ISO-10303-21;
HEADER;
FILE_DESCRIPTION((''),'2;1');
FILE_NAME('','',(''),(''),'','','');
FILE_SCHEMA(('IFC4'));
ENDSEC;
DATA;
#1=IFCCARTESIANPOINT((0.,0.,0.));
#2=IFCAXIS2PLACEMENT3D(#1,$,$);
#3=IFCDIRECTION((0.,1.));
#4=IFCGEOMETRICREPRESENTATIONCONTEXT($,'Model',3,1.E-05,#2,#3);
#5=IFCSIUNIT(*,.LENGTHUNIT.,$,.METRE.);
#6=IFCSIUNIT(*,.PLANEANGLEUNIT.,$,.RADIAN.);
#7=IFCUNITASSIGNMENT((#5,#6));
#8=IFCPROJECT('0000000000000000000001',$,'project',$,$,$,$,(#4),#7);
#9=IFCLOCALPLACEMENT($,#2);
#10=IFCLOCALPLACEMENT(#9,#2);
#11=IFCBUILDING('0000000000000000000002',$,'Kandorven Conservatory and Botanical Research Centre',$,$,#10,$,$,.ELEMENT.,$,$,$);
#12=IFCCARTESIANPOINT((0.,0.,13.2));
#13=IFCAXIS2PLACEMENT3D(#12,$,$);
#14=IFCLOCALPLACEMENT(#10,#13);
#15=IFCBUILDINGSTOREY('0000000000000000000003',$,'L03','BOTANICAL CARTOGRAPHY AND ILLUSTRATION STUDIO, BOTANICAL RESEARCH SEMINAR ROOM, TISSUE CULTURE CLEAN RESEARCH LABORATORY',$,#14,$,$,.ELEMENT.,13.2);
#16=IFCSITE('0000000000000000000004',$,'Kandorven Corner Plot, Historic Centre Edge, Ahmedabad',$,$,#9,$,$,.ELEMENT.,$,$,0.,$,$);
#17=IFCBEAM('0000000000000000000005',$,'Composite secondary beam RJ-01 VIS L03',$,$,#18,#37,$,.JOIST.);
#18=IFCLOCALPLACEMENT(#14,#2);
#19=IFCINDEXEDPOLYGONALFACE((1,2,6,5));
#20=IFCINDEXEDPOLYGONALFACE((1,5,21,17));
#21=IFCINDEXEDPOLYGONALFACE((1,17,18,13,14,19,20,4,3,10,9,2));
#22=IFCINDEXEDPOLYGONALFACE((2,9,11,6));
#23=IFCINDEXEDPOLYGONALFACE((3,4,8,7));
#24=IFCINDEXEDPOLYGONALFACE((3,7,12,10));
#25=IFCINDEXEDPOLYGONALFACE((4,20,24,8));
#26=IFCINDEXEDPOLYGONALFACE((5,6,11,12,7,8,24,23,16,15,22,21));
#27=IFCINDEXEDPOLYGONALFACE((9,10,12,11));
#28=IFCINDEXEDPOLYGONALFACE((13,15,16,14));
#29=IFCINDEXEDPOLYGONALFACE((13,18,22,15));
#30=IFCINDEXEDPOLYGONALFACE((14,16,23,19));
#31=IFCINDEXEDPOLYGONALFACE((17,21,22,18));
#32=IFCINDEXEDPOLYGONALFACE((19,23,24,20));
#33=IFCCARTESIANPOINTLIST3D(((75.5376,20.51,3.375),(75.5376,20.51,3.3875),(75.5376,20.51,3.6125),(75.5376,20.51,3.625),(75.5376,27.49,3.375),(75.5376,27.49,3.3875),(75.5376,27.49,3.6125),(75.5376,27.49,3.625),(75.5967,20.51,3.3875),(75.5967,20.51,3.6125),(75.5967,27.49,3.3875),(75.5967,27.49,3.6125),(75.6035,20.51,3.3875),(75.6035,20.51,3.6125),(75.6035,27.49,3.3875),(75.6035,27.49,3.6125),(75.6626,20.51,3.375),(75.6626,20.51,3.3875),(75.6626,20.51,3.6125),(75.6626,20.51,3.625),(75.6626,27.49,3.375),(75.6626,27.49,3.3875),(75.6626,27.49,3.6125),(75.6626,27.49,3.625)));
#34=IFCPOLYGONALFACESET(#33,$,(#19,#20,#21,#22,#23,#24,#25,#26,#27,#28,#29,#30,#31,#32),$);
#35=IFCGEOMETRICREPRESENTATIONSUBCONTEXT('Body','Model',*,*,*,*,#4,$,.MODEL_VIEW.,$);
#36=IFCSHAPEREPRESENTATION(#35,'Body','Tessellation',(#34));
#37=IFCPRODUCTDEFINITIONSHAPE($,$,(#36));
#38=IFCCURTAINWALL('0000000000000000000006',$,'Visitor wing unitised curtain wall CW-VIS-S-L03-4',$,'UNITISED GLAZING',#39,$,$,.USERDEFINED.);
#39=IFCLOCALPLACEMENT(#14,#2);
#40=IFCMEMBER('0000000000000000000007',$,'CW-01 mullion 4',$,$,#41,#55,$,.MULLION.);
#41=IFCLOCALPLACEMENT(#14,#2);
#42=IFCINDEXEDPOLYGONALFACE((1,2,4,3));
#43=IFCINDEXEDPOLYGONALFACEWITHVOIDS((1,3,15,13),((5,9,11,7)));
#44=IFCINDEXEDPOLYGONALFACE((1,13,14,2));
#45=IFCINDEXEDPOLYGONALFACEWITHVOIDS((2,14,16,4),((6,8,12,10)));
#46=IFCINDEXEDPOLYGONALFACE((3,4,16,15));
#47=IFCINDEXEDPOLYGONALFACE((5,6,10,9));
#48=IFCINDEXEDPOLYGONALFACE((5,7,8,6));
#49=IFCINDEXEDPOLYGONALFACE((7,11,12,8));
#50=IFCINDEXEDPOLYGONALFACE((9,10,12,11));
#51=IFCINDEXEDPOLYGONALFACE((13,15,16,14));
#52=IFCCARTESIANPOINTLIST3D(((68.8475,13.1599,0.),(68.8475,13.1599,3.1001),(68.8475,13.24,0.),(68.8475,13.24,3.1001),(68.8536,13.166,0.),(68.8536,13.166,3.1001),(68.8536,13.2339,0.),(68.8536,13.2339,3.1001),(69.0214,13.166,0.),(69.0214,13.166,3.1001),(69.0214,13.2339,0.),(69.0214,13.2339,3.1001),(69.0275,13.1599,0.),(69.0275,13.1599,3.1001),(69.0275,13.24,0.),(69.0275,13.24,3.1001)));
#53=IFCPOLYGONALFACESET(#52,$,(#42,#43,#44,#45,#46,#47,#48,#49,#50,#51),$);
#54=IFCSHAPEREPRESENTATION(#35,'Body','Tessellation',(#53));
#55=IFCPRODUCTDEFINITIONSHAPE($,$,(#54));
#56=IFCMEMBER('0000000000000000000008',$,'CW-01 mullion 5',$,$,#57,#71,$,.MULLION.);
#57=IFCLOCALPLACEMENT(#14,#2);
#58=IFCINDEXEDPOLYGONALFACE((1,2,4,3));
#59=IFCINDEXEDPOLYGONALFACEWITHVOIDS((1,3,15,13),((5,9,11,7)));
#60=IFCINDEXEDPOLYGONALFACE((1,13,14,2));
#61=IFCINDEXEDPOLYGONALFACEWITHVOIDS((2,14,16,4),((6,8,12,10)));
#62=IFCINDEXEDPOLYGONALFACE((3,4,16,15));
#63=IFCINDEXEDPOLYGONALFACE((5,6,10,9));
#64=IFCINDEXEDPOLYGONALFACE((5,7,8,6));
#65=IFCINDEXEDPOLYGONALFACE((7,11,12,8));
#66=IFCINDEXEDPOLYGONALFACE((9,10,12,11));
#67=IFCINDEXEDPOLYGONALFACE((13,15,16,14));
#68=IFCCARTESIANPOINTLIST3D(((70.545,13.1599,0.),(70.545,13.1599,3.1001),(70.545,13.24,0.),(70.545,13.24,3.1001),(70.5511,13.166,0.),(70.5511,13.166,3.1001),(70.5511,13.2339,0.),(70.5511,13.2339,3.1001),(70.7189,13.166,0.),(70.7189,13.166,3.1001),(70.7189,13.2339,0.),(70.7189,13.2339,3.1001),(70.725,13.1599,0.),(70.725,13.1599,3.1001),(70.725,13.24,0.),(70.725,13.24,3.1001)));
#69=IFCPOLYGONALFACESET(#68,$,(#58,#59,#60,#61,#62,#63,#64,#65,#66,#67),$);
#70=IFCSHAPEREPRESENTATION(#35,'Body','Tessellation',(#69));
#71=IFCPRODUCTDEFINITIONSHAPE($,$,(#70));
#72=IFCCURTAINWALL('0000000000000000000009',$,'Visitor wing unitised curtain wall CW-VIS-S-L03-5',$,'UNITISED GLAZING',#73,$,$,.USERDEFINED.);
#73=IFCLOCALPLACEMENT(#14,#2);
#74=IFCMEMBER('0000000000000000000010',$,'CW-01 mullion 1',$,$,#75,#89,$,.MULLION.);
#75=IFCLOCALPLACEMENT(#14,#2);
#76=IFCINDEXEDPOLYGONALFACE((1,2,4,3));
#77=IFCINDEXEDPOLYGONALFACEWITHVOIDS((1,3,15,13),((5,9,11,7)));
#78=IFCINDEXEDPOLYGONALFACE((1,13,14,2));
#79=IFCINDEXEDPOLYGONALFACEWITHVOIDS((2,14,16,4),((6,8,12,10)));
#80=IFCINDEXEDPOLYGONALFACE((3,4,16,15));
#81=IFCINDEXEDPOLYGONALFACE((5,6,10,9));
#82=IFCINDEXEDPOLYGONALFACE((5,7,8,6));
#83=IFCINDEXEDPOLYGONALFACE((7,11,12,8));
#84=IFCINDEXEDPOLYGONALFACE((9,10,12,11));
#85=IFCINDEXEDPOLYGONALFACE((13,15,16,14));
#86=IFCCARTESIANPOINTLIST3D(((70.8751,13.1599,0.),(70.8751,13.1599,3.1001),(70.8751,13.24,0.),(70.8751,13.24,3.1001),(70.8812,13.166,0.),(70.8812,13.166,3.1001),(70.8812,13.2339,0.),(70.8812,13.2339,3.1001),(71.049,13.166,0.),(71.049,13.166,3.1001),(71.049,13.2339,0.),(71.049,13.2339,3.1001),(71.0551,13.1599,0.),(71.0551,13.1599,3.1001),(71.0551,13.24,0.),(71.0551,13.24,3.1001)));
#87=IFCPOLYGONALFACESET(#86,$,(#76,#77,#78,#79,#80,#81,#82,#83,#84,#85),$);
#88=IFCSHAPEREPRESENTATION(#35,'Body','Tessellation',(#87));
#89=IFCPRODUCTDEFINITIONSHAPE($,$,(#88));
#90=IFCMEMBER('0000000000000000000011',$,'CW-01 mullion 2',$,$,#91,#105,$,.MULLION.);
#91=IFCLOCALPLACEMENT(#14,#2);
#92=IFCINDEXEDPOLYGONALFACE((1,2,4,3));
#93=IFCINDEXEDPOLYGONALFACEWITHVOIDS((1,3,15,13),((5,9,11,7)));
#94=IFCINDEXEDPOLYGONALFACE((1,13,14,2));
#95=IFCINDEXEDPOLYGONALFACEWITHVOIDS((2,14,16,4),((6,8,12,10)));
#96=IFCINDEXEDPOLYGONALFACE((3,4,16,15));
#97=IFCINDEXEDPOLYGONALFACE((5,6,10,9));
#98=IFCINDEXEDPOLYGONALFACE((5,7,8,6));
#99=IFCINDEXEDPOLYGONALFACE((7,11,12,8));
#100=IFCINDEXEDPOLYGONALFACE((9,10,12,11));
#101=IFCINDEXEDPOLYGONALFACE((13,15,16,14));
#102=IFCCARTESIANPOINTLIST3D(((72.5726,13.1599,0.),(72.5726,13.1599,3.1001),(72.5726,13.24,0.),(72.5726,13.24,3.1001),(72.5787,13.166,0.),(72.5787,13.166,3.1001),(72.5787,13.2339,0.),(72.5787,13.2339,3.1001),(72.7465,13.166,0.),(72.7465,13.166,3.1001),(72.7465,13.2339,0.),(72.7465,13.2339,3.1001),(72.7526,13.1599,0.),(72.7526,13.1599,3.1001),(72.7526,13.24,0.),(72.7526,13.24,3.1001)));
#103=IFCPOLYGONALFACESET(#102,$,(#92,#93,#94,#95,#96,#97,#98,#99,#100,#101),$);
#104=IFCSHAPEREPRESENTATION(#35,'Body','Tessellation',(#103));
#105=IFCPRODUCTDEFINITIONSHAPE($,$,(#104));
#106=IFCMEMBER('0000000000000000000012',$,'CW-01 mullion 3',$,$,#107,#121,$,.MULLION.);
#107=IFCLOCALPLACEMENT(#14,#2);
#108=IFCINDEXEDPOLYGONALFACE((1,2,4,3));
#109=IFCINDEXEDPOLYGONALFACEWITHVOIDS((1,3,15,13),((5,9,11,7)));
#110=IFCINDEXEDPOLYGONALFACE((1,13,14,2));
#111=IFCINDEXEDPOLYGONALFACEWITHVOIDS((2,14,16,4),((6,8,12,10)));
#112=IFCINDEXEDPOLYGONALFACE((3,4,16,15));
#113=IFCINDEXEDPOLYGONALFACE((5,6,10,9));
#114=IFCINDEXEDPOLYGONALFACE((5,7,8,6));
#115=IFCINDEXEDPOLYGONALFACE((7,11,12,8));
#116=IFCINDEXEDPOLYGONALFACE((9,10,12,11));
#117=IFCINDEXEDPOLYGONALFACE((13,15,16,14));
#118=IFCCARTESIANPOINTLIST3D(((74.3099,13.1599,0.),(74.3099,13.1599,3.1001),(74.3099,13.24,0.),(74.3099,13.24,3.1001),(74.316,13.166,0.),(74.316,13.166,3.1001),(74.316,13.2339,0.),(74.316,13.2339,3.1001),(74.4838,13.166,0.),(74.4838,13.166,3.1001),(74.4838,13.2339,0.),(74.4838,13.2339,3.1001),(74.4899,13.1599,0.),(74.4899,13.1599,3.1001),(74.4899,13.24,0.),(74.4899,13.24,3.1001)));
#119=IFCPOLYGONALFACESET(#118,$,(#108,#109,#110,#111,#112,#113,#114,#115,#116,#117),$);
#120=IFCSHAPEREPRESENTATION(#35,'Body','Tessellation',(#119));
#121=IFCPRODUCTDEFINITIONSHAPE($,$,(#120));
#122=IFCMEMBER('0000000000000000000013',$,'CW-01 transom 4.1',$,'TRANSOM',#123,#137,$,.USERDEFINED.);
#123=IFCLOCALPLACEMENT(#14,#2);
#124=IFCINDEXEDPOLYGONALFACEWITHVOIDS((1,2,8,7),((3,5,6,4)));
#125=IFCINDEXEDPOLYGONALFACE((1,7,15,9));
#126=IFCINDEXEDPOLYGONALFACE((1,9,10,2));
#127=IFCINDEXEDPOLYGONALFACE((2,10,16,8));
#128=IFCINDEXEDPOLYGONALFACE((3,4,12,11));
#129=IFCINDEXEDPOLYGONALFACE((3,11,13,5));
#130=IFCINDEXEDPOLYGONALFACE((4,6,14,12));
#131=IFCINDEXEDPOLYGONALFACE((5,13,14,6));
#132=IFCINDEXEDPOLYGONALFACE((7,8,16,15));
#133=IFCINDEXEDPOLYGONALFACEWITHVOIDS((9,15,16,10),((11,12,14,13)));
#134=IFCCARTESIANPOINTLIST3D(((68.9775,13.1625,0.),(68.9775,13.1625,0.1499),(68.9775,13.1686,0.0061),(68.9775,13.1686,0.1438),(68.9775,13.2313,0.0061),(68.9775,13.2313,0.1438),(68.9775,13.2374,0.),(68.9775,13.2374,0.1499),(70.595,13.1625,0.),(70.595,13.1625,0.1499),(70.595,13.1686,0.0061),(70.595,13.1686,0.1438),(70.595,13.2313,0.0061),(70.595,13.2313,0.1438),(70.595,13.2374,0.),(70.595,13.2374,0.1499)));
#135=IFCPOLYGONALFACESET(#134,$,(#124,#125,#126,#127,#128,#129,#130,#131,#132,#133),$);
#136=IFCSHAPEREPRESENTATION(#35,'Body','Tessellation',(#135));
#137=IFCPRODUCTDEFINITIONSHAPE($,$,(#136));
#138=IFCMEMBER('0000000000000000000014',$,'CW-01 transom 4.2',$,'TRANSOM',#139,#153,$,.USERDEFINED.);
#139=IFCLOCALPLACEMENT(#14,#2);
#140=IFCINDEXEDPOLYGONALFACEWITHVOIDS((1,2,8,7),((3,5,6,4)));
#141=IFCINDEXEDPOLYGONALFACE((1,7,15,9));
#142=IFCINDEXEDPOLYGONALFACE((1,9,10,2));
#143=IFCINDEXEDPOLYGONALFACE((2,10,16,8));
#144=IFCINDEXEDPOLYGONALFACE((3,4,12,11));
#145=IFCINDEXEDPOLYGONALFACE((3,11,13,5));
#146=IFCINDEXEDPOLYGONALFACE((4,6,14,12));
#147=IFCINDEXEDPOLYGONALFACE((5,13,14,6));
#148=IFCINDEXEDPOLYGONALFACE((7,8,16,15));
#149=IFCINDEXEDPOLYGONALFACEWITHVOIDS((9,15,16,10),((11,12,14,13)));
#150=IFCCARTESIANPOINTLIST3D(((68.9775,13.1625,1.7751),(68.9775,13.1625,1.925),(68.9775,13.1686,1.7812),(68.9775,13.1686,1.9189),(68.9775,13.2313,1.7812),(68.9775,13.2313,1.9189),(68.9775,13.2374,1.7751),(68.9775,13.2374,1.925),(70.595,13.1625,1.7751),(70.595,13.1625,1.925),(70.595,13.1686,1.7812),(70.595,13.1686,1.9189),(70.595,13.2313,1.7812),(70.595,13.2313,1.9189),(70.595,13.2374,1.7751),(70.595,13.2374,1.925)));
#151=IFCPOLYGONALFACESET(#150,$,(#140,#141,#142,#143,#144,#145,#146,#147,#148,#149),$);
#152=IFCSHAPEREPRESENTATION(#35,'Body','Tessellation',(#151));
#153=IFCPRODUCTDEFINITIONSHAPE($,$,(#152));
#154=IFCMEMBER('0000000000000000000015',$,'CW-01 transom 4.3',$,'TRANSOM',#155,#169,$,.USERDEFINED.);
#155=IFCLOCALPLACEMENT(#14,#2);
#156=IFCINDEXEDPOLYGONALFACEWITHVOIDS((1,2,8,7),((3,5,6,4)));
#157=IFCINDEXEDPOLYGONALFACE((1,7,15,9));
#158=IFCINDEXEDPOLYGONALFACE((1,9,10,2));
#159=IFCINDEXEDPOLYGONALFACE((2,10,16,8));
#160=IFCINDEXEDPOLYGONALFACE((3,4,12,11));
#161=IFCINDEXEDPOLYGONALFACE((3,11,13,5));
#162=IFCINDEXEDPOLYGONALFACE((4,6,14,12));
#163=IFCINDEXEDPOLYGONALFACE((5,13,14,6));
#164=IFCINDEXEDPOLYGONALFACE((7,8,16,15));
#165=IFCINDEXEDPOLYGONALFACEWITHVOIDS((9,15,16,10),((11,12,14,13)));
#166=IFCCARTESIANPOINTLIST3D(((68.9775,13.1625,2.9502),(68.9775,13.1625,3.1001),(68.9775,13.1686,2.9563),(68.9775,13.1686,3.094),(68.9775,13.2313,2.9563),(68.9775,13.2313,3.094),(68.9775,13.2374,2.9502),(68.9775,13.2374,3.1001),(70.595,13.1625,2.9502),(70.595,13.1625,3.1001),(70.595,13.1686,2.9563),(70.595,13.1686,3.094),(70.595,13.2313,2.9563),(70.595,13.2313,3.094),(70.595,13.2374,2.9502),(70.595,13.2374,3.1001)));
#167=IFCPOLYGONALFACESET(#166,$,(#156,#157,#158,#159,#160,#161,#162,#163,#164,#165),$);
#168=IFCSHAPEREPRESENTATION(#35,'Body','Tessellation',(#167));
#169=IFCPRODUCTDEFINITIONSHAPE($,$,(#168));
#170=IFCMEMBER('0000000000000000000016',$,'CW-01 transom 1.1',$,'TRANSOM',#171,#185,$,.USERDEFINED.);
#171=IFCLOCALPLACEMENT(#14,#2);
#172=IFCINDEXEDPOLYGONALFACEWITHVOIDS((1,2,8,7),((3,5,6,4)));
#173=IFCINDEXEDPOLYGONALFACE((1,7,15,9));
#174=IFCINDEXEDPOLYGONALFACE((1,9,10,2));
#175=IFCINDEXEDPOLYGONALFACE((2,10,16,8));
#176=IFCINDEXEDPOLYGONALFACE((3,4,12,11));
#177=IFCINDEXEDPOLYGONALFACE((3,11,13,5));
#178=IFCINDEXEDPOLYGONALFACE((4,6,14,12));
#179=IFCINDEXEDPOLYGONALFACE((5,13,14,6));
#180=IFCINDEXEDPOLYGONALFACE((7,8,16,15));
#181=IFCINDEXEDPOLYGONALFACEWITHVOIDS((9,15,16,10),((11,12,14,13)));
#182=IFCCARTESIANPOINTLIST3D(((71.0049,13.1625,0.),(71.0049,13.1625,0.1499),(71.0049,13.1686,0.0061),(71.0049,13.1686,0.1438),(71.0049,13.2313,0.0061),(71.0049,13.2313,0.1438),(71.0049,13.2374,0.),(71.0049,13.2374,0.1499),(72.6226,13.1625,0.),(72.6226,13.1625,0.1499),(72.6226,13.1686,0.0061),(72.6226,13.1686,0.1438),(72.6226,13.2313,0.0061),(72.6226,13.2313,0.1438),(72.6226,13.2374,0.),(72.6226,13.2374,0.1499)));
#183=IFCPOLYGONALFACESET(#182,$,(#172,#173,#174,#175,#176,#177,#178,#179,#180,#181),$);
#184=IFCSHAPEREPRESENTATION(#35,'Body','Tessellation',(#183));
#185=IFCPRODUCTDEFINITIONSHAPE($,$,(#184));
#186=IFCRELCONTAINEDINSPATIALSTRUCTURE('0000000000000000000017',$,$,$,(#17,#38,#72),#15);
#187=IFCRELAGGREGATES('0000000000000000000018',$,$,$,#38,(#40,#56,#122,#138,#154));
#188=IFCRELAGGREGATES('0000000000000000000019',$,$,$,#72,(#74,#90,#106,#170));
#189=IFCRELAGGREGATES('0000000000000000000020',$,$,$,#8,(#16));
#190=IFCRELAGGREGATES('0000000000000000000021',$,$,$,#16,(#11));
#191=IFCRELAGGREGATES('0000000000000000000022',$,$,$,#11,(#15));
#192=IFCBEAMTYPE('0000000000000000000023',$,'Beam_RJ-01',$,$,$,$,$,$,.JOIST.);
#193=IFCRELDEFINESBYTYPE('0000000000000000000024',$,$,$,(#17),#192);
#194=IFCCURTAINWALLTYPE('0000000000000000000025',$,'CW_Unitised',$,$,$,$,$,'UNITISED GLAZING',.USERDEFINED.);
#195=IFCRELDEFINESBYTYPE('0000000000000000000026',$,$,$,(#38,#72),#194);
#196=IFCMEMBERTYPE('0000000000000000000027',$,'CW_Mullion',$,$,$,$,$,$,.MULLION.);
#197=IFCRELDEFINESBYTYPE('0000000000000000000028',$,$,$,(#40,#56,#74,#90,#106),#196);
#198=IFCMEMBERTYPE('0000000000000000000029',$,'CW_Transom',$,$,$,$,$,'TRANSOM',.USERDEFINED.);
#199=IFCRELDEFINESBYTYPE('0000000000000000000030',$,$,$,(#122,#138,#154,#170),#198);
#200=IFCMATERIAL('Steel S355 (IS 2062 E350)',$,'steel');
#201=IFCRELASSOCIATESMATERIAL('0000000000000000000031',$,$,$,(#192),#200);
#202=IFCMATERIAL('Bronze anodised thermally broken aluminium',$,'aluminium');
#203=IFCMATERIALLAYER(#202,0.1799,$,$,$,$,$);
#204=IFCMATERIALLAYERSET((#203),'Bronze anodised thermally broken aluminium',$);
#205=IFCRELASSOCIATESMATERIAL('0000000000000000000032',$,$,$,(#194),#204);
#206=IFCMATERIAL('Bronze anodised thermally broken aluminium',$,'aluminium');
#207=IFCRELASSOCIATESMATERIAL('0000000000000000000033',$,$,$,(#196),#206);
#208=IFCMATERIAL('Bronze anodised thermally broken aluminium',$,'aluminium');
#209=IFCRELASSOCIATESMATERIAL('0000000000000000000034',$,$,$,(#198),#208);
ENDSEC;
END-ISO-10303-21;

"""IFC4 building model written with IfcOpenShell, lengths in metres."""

from ifc_helpers import new_model, si_unit, direction, frame, origin, origin_2d, place, context, subcontext, project, spatial, hollow_rectangle, i_section, extrude, material, layer, layer_set, material_profile, profile_set, type_object, element, aggregate, save


model = new_model("IFC4")

# Units and contexts
model_context = context("Model", 3, precision=1e-05, world=origin(), true_north=direction((0.0, 1.0)))
body_context = subcontext(model_context, "Body", "Model", "MODEL_VIEW")
ifc_project = project(units=[si_unit("LENGTHUNIT", "METRE"), si_unit("PLANEANGLEUNIT", "RADIAN")], contexts=[model_context])

# Site, building, storey
site_placement = place(None, origin())
site = spatial("IfcSite", under=ifc_project, at=site_placement, Name="Kandorven Corner Plot, Historic Centre Edge, Ahmedabad", CompositionType="ELEMENT", RefElevation=0.0)
building_placement = place(site_placement, origin())
building = spatial("IfcBuilding", under=site, at=building_placement, Name="Kandorven Conservatory and Botanical Research Centre", CompositionType="ELEMENT")
storey_placement = place(building_placement, frame((0.0, 0.0, 13.2)))
storey = spatial("IfcBuildingStorey", under=building, at=storey_placement, Name="L03", Description="BOTANICAL CARTOGRAPHY AND ILLUSTRATION STUDIO, BOTANICAL RESEARCH SEMINAR ROOM, TISSUE CULTURE CLEAN RESEARCH LABORATORY", CompositionType="ELEMENT", Elevation=13.2)

# Beam
ifc_material_1 = material(Name="Steel S355 (IS 2062 E350)", Category="steel")
ifc_material_profile_1 = material_profile(ifc_material_1, i_section(OverallWidth=0.125, OverallDepth=0.25, WebThickness=0.0068, FlangeThickness=0.0125, at=origin_2d()))
ifc_profile_set_1 = profile_set([ifc_material_profile_1], Name="Steel S355 (IS 2062 E350)")
beam_type_1 = type_object("IfcBeamType", Name="Beam_RJ-01", PredefinedType="JOIST", material=ifc_profile_set_1)
for number, where, z_axis, x_axis, name in (
    (1, (75.6001, 20.51, 3.5), (0.0, 1.0, 0.0), (-1.0, 0.0, 0.0), "Composite secondary beam RJ-01 VIS L03"),
):
    element("IfcBeam", number, at=place(storey_placement, frame(where, z_axis=z_axis, x_axis=x_axis)), inside=storey, type_object=beam_type_1, Name=name, PredefinedType="JOIST", context=body_context, shape_type="SweptSolid", body=[
        extrude(i_section(OverallWidth=0.125, OverallDepth=0.25, WebThickness=0.0068, FlangeThickness=0.0125, at=origin_2d()), origin(), (0.0, 0.0, 1.0), 6.98),
    ])

# Curtain walls, members
ifc_material_2 = material(Name="Bronze anodised thermally broken aluminium", Category="aluminium")
ifc_layer_1 = layer(ifc_material_2, 0.1799)
ifc_layer_set_1 = layer_set([ifc_layer_1], Name="Bronze anodised thermally broken aluminium")
curtain_wall_type = type_object("IfcCurtainWallType", Name="CW_Unitised", ElementType="UNITISED GLAZING", PredefinedType="USERDEFINED", material=ifc_layer_set_1)
curtain_wall_1_placement = place(storey_placement, origin())
curtain_wall_1 = element("IfcCurtainWall", 2, at=curtain_wall_1_placement, inside=storey, type_object=curtain_wall_type, Name="Visitor wing unitised curtain wall CW-VIS-S-L03-4", ObjectType="UNITISED GLAZING", PredefinedType="USERDEFINED")
ifc_material_3 = material(Name="Bronze anodised thermally broken aluminium", Category="aluminium")
ifc_material_profile_2 = material_profile(ifc_material_3, hollow_rectangle(XDim=0.0801, YDim=0.1799, WallThickness=0.0061, at=origin_2d()))
ifc_profile_set_2 = profile_set([ifc_material_profile_2], Name="Bronze anodised thermally broken aluminium")
member_type_1 = type_object("IfcMemberType", Name="CW_Mullion", PredefinedType="MULLION", material=ifc_profile_set_2)
member_1_placement = place(storey_placement, frame((68.9375, 13.2, 0.0), z_axis=(0.0, 0.0, 1.0), x_axis=(0.0, 1.0, 0.0)))
member_1 = element("IfcMember", 3, at=member_1_placement, type_object=member_type_1, Name="CW-01 mullion 4", PredefinedType="MULLION", context=body_context, shape_type="SweptSolid", body=[
    extrude(hollow_rectangle(XDim=0.0801, YDim=0.1799, WallThickness=0.0061, at=origin_2d()), origin(), (0.0, 0.0, 1.0), 3.1001),
])
member_2_placement = place(storey_placement, frame((70.635, 13.2, 0.0), z_axis=(0.0, 0.0, 1.0), x_axis=(0.0, 1.0, 0.0)))
member_2 = element("IfcMember", 4, at=member_2_placement, type_object=member_type_1, Name="CW-01 mullion 5", PredefinedType="MULLION", context=body_context, shape_type="SweptSolid", body=[
    extrude(hollow_rectangle(XDim=0.0801, YDim=0.1799, WallThickness=0.0061, at=origin_2d()), origin(), (0.0, 0.0, 1.0), 3.1001),
])
curtain_wall_2_placement = place(storey_placement, origin())
curtain_wall_2 = element("IfcCurtainWall", 5, at=curtain_wall_2_placement, inside=storey, type_object=curtain_wall_type, Name="Visitor wing unitised curtain wall CW-VIS-S-L03-5", ObjectType="UNITISED GLAZING", PredefinedType="USERDEFINED")
member_3_placement = place(storey_placement, frame((70.9651, 13.2, 0.0), z_axis=(0.0, 0.0, 1.0), x_axis=(0.0, 1.0, 0.0)))
member_3 = element("IfcMember", 6, at=member_3_placement, type_object=member_type_1, Name="CW-01 mullion 1", PredefinedType="MULLION", context=body_context, shape_type="SweptSolid", body=[
    extrude(hollow_rectangle(XDim=0.0801, YDim=0.1799, WallThickness=0.0061, at=origin_2d()), origin(), (0.0, 0.0, 1.0), 3.1001),
])
member_4_placement = place(storey_placement, frame((72.6626, 13.2, 0.0), z_axis=(0.0, 0.0, 1.0), x_axis=(0.0, 1.0, 0.0)))
member_4 = element("IfcMember", 7, at=member_4_placement, type_object=member_type_1, Name="CW-01 mullion 2", PredefinedType="MULLION", context=body_context, shape_type="SweptSolid", body=[
    extrude(hollow_rectangle(XDim=0.0801, YDim=0.1799, WallThickness=0.0061, at=origin_2d()), origin(), (0.0, 0.0, 1.0), 3.1001),
])
member_5_placement = place(storey_placement, frame((74.3999, 13.2, 0.0), z_axis=(0.0, 0.0, 1.0), x_axis=(0.0, 1.0, 0.0)))
member_5 = element("IfcMember", 8, at=member_5_placement, type_object=member_type_1, Name="CW-01 mullion 3", PredefinedType="MULLION", context=body_context, shape_type="SweptSolid", body=[
    extrude(hollow_rectangle(XDim=0.0801, YDim=0.1799, WallThickness=0.0061, at=origin_2d()), origin(), (0.0, 0.0, 1.0), 3.1001),
])

# Members
ifc_material_4 = material(Name="Bronze anodised thermally broken aluminium", Category="aluminium")
ifc_material_profile_3 = material_profile(ifc_material_4, hollow_rectangle(XDim=0.075, YDim=0.1499, WallThickness=0.0061, at=origin_2d()))
ifc_profile_set_3 = profile_set([ifc_material_profile_3], Name="Bronze anodised thermally broken aluminium")
member_type_2 = type_object("IfcMemberType", Name="CW_Transom", ElementType="TRANSOM", PredefinedType="USERDEFINED", material=ifc_profile_set_3)
member_6_placement = place(storey_placement, frame((68.9775, 13.2, 0.075), z_axis=(1.0, 0.0, 0.0), x_axis=(0.0, 1.0, 0.0)))
member_6 = element("IfcMember", 9, at=member_6_placement, type_object=member_type_2, Name="CW-01 transom 4.1", ObjectType="TRANSOM", PredefinedType="USERDEFINED", context=body_context, shape_type="SweptSolid", body=[
    extrude(hollow_rectangle(XDim=0.075, YDim=0.1499, WallThickness=0.0061, at=origin_2d()), origin(), (0.0, 0.0, 1.0), 1.6174),
])
member_7_placement = place(storey_placement, frame((68.9775, 13.2, 1.8501), z_axis=(1.0, 0.0, 0.0), x_axis=(0.0, 1.0, 0.0)))
member_7 = element("IfcMember", 10, at=member_7_placement, type_object=member_type_2, Name="CW-01 transom 4.2", ObjectType="TRANSOM", PredefinedType="USERDEFINED", context=body_context, shape_type="SweptSolid", body=[
    extrude(hollow_rectangle(XDim=0.075, YDim=0.1499, WallThickness=0.0061, at=origin_2d()), origin(), (0.0, 0.0, 1.0), 1.6174),
])
member_8_placement = place(storey_placement, frame((68.9775, 13.2, 3.0251), z_axis=(1.0, 0.0, 0.0), x_axis=(0.0, 1.0, 0.0)))
member_8 = element("IfcMember", 11, at=member_8_placement, type_object=member_type_2, Name="CW-01 transom 4.3", ObjectType="TRANSOM", PredefinedType="USERDEFINED", context=body_context, shape_type="SweptSolid", body=[
    extrude(hollow_rectangle(XDim=0.075, YDim=0.1499, WallThickness=0.0061, at=origin_2d()), origin(), (0.0, 0.0, 1.0), 1.6174),
])
member_9_placement = place(storey_placement, frame((71.0049, 13.2, 0.075), z_axis=(1.0, 0.0, 0.0), x_axis=(0.0, 1.0, 0.0)))
member_9 = element("IfcMember", 12, at=member_9_placement, type_object=member_type_2, Name="CW-01 transom 1.1", ObjectType="TRANSOM", PredefinedType="USERDEFINED", context=body_context, shape_type="SweptSolid", body=[
    extrude(hollow_rectangle(XDim=0.075, YDim=0.1499, WallThickness=0.0061, at=origin_2d()), origin(), (0.0, 0.0, 1.0), 1.6177),
])

aggregate(curtain_wall_1, [member_1, member_2, member_6, member_7, member_8])
aggregate(curtain_wall_2, [member_3, member_4, member_5, member_9])

save(model, "model.ifc")
